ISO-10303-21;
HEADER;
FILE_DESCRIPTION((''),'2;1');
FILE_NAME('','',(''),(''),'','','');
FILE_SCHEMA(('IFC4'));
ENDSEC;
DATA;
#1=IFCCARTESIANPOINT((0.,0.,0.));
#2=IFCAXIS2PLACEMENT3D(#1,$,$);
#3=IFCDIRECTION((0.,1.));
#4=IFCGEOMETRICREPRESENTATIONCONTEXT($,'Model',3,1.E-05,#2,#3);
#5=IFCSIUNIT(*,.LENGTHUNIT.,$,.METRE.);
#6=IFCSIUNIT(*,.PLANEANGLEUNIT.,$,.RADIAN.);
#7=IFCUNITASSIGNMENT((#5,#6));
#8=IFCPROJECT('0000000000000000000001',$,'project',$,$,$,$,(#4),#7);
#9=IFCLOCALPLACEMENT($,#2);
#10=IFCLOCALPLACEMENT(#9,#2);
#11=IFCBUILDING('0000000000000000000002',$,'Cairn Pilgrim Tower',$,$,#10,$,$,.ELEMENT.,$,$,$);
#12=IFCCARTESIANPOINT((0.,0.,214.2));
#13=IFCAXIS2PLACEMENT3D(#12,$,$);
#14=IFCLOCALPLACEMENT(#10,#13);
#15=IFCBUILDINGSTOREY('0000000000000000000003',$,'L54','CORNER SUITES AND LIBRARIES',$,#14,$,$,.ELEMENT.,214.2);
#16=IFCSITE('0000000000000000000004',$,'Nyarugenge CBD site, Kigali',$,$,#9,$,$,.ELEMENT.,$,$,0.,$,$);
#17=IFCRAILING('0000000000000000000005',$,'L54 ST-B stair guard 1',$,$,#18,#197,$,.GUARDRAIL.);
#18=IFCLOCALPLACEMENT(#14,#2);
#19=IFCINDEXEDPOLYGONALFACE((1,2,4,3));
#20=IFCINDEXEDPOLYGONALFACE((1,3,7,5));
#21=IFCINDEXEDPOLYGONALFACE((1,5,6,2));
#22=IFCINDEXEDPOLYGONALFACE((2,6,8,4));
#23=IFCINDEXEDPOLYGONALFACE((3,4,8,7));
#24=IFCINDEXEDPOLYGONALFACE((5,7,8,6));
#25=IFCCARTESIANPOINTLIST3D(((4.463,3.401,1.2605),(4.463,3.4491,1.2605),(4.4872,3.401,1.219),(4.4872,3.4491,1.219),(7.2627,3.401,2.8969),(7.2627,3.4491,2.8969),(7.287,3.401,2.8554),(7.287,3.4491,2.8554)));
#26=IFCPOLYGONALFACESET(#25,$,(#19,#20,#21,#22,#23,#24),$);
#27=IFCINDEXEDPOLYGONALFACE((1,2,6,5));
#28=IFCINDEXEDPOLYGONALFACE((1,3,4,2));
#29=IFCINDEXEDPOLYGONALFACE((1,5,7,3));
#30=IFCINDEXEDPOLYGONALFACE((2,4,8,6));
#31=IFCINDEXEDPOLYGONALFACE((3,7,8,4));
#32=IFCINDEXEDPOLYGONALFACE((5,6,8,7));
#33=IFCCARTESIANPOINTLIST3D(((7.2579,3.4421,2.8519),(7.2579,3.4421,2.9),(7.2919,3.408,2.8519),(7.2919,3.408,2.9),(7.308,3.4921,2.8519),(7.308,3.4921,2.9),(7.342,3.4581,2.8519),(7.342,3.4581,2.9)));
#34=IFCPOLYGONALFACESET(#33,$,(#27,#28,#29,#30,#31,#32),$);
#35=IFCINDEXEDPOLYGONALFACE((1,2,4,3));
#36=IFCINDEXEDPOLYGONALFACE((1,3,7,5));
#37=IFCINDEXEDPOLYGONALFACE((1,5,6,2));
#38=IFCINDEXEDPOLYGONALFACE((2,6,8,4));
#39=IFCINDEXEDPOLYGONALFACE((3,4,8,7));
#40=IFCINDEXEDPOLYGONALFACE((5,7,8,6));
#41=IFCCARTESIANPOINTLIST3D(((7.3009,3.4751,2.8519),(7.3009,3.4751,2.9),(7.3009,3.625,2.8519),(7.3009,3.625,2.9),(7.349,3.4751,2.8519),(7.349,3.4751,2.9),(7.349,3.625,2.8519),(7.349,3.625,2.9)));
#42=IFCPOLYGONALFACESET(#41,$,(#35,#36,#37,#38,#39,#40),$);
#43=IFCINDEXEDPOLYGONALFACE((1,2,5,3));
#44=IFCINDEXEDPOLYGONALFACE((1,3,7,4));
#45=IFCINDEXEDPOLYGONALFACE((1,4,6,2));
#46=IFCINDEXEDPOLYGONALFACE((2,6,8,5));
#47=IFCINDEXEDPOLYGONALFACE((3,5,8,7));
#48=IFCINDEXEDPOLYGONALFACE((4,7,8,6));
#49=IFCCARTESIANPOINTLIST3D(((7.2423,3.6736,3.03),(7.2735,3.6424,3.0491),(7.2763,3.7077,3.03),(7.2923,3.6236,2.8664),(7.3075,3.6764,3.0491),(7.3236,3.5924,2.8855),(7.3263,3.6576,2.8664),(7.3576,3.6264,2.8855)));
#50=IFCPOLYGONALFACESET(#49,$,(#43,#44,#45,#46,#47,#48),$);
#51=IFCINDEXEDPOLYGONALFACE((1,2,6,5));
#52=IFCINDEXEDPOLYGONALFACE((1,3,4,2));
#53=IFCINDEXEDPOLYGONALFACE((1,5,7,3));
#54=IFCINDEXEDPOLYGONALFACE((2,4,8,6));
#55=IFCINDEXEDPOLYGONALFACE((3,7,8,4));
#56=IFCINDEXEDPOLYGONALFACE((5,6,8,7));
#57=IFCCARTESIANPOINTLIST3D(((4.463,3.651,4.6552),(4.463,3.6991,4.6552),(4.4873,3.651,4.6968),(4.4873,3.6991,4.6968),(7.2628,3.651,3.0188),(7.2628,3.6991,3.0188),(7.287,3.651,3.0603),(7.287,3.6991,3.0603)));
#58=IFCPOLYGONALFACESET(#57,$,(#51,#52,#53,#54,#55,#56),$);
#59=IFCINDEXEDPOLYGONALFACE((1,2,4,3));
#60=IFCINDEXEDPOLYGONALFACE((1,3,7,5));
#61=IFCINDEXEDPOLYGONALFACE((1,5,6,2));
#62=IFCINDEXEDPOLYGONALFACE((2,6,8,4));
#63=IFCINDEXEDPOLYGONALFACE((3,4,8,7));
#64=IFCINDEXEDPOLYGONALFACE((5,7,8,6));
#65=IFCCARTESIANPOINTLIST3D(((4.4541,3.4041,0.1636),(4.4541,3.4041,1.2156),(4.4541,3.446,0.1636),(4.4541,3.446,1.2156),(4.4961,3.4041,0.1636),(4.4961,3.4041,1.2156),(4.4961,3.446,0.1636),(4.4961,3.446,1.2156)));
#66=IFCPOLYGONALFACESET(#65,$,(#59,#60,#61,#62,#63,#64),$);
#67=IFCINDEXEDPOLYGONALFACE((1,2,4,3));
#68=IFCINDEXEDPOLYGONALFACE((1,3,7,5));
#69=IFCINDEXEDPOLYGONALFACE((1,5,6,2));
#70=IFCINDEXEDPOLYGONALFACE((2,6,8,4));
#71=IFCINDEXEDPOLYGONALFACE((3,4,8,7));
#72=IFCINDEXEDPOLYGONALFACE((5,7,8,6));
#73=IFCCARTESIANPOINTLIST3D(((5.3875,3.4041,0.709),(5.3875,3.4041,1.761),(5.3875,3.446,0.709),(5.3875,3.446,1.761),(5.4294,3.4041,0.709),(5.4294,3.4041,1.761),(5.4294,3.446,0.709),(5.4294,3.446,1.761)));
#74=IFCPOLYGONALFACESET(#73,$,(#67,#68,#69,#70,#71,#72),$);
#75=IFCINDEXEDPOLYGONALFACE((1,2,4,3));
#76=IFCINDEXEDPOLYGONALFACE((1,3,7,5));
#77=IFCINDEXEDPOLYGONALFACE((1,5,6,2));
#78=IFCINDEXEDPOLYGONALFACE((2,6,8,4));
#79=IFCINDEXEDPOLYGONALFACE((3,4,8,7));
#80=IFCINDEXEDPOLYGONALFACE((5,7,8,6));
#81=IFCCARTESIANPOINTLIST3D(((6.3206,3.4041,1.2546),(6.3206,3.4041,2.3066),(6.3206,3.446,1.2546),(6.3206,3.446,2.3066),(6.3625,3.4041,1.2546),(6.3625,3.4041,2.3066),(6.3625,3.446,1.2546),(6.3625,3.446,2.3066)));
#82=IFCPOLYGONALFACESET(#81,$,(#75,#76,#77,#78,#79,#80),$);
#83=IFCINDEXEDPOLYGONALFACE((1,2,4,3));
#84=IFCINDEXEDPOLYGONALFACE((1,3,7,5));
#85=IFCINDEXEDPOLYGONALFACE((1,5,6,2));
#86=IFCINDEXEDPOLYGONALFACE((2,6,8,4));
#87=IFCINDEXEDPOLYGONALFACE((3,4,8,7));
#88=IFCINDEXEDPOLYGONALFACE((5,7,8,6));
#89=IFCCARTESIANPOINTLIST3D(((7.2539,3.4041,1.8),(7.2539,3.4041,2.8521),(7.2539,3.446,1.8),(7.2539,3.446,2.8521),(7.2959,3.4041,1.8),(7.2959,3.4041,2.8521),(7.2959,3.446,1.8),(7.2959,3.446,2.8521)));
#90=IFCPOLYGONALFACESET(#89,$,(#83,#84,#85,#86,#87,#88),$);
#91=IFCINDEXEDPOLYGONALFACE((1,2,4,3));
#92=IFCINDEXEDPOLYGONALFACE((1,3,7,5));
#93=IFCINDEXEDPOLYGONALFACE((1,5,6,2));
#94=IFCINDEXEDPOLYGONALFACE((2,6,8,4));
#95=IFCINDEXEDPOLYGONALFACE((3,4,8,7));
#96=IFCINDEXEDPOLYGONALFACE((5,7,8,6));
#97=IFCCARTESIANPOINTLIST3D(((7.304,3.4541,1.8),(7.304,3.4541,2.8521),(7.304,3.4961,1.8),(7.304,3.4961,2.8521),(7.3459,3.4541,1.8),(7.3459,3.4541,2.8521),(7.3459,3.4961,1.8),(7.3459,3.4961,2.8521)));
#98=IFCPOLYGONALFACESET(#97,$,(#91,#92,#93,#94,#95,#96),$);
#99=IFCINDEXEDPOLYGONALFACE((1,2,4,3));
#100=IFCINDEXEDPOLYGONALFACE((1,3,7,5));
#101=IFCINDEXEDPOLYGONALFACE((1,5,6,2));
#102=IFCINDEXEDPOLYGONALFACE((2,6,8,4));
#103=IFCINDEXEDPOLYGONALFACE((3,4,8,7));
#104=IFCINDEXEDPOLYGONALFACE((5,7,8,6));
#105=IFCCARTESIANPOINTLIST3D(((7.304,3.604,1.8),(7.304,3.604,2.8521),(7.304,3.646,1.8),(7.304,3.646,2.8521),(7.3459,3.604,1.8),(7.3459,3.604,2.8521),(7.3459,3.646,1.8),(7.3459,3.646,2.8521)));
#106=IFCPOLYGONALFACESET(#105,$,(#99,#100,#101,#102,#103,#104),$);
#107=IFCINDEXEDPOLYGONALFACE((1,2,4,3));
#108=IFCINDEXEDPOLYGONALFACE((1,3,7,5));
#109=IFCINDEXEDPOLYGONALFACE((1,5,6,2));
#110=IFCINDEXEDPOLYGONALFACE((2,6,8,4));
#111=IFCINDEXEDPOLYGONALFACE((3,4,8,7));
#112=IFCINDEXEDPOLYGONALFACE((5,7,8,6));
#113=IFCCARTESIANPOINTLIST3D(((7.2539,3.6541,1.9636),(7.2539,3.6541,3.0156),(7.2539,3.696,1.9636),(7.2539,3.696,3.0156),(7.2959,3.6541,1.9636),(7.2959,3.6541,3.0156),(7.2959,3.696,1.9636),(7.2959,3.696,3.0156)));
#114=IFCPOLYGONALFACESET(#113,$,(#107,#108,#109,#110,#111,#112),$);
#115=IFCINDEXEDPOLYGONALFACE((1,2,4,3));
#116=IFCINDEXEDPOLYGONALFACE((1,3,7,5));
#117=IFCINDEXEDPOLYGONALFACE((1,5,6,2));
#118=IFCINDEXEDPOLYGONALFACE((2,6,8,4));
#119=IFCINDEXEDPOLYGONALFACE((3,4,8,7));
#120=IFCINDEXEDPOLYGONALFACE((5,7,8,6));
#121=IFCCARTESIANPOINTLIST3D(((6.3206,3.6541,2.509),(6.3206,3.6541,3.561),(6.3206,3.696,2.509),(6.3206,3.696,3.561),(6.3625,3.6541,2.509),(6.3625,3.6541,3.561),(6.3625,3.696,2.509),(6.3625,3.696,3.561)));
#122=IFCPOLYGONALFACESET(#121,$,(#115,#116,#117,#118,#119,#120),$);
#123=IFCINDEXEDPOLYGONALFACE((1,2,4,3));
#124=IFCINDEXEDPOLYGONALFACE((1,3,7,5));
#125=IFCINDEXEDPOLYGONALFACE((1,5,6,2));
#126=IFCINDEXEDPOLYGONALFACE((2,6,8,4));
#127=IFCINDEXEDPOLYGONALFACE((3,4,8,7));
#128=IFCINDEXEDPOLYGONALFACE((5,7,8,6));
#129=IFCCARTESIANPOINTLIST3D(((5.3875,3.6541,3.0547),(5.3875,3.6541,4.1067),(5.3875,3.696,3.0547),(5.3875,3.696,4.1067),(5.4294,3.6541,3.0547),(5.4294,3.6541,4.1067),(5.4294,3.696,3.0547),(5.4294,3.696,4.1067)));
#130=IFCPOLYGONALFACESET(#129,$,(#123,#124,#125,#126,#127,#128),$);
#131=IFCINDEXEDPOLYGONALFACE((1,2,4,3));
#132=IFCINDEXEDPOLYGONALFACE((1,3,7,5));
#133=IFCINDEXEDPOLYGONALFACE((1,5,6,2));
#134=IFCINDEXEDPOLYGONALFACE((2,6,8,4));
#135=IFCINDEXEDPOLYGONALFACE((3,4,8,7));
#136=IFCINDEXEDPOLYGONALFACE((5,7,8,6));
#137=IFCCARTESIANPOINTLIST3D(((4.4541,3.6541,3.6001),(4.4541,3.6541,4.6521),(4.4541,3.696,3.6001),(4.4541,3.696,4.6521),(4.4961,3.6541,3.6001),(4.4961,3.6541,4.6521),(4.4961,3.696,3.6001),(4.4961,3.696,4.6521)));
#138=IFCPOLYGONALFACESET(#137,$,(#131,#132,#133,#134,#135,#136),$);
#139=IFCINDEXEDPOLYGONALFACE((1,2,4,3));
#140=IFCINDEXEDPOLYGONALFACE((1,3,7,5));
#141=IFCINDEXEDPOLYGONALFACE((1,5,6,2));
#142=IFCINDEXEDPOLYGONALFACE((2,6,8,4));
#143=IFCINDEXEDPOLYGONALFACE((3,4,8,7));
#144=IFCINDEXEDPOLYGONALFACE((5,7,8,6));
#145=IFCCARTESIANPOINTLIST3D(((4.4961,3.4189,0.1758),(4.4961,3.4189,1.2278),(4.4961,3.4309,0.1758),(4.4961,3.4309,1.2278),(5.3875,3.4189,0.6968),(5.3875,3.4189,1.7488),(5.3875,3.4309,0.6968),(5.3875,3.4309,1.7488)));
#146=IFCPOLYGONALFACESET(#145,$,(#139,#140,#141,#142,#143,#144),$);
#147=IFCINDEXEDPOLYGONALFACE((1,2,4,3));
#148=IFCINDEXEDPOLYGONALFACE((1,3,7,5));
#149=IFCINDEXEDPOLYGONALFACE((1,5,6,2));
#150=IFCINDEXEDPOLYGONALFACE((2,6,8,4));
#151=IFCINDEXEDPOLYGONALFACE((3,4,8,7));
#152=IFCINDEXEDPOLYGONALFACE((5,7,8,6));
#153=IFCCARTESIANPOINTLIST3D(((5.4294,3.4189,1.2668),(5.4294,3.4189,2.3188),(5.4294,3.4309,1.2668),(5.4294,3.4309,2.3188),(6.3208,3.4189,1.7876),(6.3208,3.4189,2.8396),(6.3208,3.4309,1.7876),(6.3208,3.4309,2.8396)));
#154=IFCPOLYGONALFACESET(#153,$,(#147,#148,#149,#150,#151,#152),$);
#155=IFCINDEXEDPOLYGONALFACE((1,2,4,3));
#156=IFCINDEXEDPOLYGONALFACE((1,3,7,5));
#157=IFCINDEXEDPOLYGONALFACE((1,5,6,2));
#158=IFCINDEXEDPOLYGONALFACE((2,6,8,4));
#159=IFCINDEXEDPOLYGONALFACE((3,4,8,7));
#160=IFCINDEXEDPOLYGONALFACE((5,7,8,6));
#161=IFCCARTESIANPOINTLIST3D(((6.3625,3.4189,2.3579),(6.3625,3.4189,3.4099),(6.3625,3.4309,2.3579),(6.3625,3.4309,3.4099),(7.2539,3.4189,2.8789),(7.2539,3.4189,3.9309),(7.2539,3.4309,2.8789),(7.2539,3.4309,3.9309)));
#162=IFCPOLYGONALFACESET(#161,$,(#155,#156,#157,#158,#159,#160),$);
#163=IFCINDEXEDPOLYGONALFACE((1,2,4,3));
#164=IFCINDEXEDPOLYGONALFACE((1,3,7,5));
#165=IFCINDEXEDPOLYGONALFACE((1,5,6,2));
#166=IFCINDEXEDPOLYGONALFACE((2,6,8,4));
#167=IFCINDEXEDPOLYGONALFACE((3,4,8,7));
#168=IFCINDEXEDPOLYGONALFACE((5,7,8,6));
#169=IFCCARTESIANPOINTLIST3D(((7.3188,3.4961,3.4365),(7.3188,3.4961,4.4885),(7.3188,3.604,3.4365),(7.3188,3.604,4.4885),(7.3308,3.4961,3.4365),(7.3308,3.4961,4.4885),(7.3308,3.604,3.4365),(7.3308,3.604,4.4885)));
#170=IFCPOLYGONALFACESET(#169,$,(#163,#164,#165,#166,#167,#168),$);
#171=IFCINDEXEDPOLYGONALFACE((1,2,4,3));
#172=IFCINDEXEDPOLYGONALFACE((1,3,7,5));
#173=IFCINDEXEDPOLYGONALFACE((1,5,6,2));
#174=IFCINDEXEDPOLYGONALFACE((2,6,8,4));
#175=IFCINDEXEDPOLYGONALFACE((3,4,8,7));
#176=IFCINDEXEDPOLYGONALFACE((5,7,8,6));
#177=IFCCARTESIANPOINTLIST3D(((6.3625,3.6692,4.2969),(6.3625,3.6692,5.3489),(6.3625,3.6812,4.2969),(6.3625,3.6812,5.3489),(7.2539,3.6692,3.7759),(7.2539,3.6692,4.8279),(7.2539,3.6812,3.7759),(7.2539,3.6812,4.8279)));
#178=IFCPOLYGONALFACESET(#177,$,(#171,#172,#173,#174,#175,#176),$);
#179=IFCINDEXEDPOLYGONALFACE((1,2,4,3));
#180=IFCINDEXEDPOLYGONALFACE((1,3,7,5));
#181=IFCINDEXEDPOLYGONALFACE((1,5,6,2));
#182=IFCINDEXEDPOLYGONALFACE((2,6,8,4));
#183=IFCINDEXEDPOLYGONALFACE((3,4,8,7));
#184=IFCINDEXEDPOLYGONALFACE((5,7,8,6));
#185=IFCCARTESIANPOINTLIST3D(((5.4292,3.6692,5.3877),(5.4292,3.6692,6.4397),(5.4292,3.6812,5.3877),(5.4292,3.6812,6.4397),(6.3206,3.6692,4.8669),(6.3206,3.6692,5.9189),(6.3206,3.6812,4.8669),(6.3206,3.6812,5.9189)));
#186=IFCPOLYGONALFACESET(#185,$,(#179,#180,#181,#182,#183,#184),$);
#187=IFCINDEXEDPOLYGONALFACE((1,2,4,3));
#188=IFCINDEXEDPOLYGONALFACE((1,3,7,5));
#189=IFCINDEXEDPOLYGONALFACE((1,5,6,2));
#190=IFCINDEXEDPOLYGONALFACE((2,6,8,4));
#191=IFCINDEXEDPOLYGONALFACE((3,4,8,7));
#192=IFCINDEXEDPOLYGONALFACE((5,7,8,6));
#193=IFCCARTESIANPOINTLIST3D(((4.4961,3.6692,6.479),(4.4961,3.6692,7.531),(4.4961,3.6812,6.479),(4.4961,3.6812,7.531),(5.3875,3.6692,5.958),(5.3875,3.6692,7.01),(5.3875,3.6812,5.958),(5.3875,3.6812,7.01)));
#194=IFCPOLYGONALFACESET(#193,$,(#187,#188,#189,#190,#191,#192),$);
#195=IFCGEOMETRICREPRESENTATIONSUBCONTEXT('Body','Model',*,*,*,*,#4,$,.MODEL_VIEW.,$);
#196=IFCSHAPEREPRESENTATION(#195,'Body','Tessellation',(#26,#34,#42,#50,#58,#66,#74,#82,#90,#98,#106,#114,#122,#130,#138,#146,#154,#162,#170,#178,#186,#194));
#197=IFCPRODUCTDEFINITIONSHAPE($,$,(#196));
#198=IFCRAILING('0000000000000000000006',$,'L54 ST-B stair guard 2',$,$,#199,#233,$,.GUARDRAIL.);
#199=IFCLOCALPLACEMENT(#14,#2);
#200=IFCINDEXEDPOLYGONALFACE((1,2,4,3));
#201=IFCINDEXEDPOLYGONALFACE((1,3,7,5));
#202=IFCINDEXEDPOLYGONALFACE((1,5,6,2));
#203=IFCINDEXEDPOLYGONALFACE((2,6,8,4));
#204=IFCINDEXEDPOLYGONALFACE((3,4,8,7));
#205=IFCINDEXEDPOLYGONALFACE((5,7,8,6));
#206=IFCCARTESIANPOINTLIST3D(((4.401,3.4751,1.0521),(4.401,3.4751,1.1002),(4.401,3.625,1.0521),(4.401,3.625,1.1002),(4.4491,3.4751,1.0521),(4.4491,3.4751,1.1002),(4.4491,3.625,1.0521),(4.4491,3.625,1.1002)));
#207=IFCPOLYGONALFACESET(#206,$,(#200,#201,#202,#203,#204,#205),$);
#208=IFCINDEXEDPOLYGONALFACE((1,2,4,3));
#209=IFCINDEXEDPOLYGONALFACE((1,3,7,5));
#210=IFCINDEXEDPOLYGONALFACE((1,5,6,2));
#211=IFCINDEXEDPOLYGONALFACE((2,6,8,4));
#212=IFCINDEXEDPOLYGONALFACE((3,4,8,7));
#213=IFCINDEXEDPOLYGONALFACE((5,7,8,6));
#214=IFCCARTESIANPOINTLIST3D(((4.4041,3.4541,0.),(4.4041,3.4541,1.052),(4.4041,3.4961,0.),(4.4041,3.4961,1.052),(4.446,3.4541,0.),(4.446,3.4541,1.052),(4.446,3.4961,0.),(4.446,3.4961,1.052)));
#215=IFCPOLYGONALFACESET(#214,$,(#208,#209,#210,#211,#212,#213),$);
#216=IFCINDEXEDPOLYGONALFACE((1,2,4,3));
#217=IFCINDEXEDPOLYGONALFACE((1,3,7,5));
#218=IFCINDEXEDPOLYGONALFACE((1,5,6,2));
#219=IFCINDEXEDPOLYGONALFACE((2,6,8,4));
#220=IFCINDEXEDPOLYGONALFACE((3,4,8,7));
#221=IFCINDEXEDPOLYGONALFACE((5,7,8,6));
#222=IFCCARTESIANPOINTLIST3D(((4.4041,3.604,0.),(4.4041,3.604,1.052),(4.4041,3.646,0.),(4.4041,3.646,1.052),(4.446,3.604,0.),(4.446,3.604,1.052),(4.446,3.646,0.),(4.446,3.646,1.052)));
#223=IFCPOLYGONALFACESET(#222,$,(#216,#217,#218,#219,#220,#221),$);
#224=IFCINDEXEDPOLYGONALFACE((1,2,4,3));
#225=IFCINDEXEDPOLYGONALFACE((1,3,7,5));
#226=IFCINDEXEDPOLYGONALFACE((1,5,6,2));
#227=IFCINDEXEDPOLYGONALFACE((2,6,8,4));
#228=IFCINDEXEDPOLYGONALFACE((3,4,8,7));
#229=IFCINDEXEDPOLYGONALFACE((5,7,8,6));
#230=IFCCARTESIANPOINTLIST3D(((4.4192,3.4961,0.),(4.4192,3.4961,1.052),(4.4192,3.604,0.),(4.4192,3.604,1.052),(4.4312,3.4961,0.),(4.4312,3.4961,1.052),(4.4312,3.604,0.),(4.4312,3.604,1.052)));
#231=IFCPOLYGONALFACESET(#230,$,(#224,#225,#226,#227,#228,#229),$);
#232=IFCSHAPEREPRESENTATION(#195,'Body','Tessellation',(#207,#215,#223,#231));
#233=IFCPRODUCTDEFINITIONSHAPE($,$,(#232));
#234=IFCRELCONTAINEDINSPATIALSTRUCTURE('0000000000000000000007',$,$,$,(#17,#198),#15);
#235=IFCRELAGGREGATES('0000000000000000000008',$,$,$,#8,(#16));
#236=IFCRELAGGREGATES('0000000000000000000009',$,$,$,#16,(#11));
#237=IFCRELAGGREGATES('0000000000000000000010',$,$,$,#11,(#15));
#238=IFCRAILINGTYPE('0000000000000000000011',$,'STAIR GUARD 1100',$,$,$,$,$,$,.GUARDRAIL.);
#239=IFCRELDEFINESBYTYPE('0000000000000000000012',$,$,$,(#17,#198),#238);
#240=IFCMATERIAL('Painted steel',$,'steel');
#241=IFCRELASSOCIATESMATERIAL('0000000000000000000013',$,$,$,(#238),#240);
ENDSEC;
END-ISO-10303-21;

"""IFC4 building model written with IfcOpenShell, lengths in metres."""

from ifc_helpers import new_model, si_unit, direction, frame, origin, origin_2d, place, context, subcontext, project, spatial, polyline, rectangle, outline, extrude, material, type_object, element, save


model = new_model("IFC4")

# Units and contexts
model_context = context("Model", 3, precision=1e-05, world=origin(), true_north=direction((0.0, 1.0)))
body_context = subcontext(model_context, "Body", "Model", "MODEL_VIEW")
ifc_project = project(units=[si_unit("LENGTHUNIT", "METRE"), si_unit("PLANEANGLEUNIT", "RADIAN")], contexts=[model_context])

# Site, building, storey
site_placement = place(None, origin())
site = spatial("IfcSite", under=ifc_project, at=site_placement, Name="Nyarugenge CBD site, Kigali", CompositionType="ELEMENT", RefElevation=0.0)
building_placement = place(site_placement, origin())
building = spatial("IfcBuilding", under=site, at=building_placement, Name="Cairn Pilgrim Tower", CompositionType="ELEMENT")
storey_placement = place(building_placement, frame((0.0, 0.0, 214.2)))
storey = spatial("IfcBuildingStorey", under=building, at=storey_placement, Name="L54", Description="CORNER SUITES AND LIBRARIES", CompositionType="ELEMENT", Elevation=214.2)

# Shared definitions
ifc_material_1 = material(Name="Painted steel", Category="steel")

# Railings
railing_type_1 = type_object("IfcRailingType", Name="STAIR GUARD 1100", PredefinedType="GUARDRAIL", material=ifc_material_1)
railing_1_placement = place(storey_placement, frame((4.4751, 3.425, 0.1636)))
element("IfcRailing", 1, at=railing_1_placement, inside=storey, type_object=railing_type_1, Name="L54 ST-B stair guard 1", PredefinedType="GUARDRAIL", context=body_context, shape_type="SweptSolid", body=[
    extrude(rectangle(XDim=0.0481, YDim=0.0481, at=origin_2d()), frame((0.0, 0.0, 1.0762), z_axis=(0.863342, 0.0, 0.50462), x_axis=(0.0, 1.0, 0.0)), (0.0, 0.0, 1.0), 3.2429),
    extrude(rectangle(XDim=0.0481, YDim=0.0481, at=origin_2d()), frame((2.7998, 0.0, 2.7124), z_axis=(0.707107, 0.707107, 0.0), x_axis=(-0.707107, 0.707107, 0.0)), (0.0, 0.0, 1.0), 0.0708),
    extrude(rectangle(XDim=0.0481, YDim=0.0481, at=origin_2d()), frame((2.8499, 0.05, 2.7124), z_axis=(0.0, 1.0, 0.0), x_axis=(-1.0, 0.0, 0.0)), (0.0, 0.0, 1.0), 0.1499),
    extrude(rectangle(XDim=0.0481, YDim=0.0481, at=origin_2d()), frame((2.8499, 0.2, 2.7124), z_axis=(-0.280809, 0.280809, 0.917765), x_axis=(-0.707107, -0.707107, 0.0)), (0.0, 0.0, 1.0), 0.1782),
    extrude(rectangle(XDim=0.0481, YDim=0.0481, at=origin_2d()), frame((2.7998, 0.25, 2.876), z_axis=(-0.863342, 0.0, 0.50462), x_axis=(0.0, -1.0, 0.0)), (0.0, 0.0, 1.0), 3.2429),
    extrude(rectangle(XDim=0.042, YDim=0.042, at=origin_2d()), origin(), (0.0, 0.0, 1.0), 1.052),
    extrude(rectangle(XDim=0.042, YDim=0.042, at=origin_2d()), frame((0.9333, 0.0, 0.5454)), (0.0, 0.0, 1.0), 1.052),
    extrude(rectangle(XDim=0.042, YDim=0.042, at=origin_2d()), frame((1.8665, 0.0, 1.0911)), (0.0, 0.0, 1.0), 1.052),
    extrude(rectangle(XDim=0.042, YDim=0.042, at=origin_2d()), frame((2.7998, 0.0, 1.6365)), (0.0, 0.0, 1.0), 1.052),
    extrude(rectangle(XDim=0.042, YDim=0.042, at=origin_2d()), frame((2.8499, 0.05, 1.6365)), (0.0, 0.0, 1.0), 1.052),
    extrude(rectangle(XDim=0.042, YDim=0.042, at=origin_2d()), frame((2.8499, 0.2, 1.6365)), (0.0, 0.0, 1.0), 1.052),
    extrude(rectangle(XDim=0.042, YDim=0.042, at=origin_2d()), frame((2.7998, 0.25, 1.8)), (0.0, 0.0, 1.0), 1.052),
    extrude(rectangle(XDim=0.042, YDim=0.042, at=origin_2d()), frame((1.8665, 0.25, 2.3455)), (0.0, 0.0, 1.0), 1.052),
    extrude(rectangle(XDim=0.042, YDim=0.042, at=origin_2d()), frame((0.9333, 0.25, 2.8911)), (0.0, 0.0, 1.0), 1.052),
    extrude(rectangle(XDim=0.042, YDim=0.042, at=origin_2d()), frame((0.0, 0.25, 3.4365)), (0.0, 0.0, 1.0), 1.052),
    extrude(outline(polyline([(0.021, 0.0122), (0.9124, 0.5332), (0.9124, 1.5852), (0.021, 1.0642), (0.021, 0.0122)])), frame((0.0, 0.0059, 0.0), z_axis=(0.0, -1.0, 0.0), x_axis=(1.0, 0.0, 0.0)), (0.0, 0.0, 1.0), 0.012),
    extrude(outline(polyline([(0.021, 0.5579), (0.9124, 1.0786), (0.9124, 2.1306), (0.021, 1.6099), (0.021, 0.5579)])), frame((0.9333, 0.0059, 0.5454), z_axis=(0.0, -1.0, 0.0), x_axis=(1.0, 0.0, 0.0)), (0.0, 0.0, 1.0), 0.012),
    extrude(outline(polyline([(0.021, 1.1033), (0.9124, 1.6243), (0.9124, 2.6763), (0.021, 2.1553), (0.021, 1.1033)])), frame((1.8665, 0.0059, 1.0911), z_axis=(0.0, -1.0, 0.0), x_axis=(1.0, 0.0, 0.0)), (0.0, 0.0, 1.0), 0.012),
    extrude(outline(polyline([(0.021, 1.6365), (0.1289, 1.6365), (0.1289, 2.6885), (0.021, 2.6885), (0.021, 1.6365)])), frame((2.8438, 0.05, 1.6365), z_axis=(1.0, 0.0, 0.0), x_axis=(0.0, 1.0, 0.0)), (0.0, 0.0, 1.0), 0.012),
    extrude(outline(polyline([(0.021, 1.8123), (0.9124, 2.3333), (0.9124, 3.3853), (0.021, 2.8643), (0.021, 1.8123)])), frame((2.7998, 0.2441, 1.8), z_axis=(0.0, 1.0, 0.0), x_axis=(-1.0, 0.0, 0.0)), (0.0, 0.0, 1.0), 0.012),
    extrude(outline(polyline([(0.021, 2.3579), (0.9124, 2.8787), (0.9124, 3.9307), (0.021, 3.4099), (0.021, 2.3579)])), frame((1.8665, 0.2441, 2.3455), z_axis=(0.0, 1.0, 0.0), x_axis=(-1.0, 0.0, 0.0)), (0.0, 0.0, 1.0), 0.012),
    extrude(outline(polyline([(0.021, 2.9033), (0.9124, 3.4243), (0.9124, 4.4763), (0.021, 3.9553), (0.021, 2.9033)])), frame((0.9333, 0.2441, 2.8911), z_axis=(0.0, 1.0, 0.0), x_axis=(-1.0, 0.0, 0.0)), (0.0, 0.0, 1.0), 0.012),
])
railing_2_placement = place(storey_placement, frame((4.425, 3.4751, 0.0)))
element("IfcRailing", 2, at=railing_2_placement, inside=storey, type_object=railing_type_1, Name="L54 ST-B stair guard 2", PredefinedType="GUARDRAIL", context=body_context, shape_type="SweptSolid", body=[
    extrude(rectangle(XDim=0.0481, YDim=0.0481, at=origin_2d()), frame((0.0, 0.0, 1.0762), z_axis=(0.0, 1.0, 0.0), x_axis=(-1.0, 0.0, 0.0)), (0.0, 0.0, 1.0), 0.1499),
    extrude(rectangle(XDim=0.042, YDim=0.042, at=origin_2d()), origin(), (0.0, 0.0, 1.0), 1.052),
    extrude(rectangle(XDim=0.042, YDim=0.042, at=origin_2d()), frame((0.0, 0.1499, 0.0)), (0.0, 0.0, 1.0), 1.052),
    extrude(outline(polyline([(0.021, 0.0), (0.1289, 0.0), (0.1289, 1.052), (0.021, 1.052), (0.021, 0.0)])), frame((-0.0059, 0.0, 0.0), z_axis=(1.0, 0.0, 0.0), x_axis=(0.0, 1.0, 0.0)), (0.0, 0.0, 1.0), 0.012),
])

save(model, "model.ifc")
